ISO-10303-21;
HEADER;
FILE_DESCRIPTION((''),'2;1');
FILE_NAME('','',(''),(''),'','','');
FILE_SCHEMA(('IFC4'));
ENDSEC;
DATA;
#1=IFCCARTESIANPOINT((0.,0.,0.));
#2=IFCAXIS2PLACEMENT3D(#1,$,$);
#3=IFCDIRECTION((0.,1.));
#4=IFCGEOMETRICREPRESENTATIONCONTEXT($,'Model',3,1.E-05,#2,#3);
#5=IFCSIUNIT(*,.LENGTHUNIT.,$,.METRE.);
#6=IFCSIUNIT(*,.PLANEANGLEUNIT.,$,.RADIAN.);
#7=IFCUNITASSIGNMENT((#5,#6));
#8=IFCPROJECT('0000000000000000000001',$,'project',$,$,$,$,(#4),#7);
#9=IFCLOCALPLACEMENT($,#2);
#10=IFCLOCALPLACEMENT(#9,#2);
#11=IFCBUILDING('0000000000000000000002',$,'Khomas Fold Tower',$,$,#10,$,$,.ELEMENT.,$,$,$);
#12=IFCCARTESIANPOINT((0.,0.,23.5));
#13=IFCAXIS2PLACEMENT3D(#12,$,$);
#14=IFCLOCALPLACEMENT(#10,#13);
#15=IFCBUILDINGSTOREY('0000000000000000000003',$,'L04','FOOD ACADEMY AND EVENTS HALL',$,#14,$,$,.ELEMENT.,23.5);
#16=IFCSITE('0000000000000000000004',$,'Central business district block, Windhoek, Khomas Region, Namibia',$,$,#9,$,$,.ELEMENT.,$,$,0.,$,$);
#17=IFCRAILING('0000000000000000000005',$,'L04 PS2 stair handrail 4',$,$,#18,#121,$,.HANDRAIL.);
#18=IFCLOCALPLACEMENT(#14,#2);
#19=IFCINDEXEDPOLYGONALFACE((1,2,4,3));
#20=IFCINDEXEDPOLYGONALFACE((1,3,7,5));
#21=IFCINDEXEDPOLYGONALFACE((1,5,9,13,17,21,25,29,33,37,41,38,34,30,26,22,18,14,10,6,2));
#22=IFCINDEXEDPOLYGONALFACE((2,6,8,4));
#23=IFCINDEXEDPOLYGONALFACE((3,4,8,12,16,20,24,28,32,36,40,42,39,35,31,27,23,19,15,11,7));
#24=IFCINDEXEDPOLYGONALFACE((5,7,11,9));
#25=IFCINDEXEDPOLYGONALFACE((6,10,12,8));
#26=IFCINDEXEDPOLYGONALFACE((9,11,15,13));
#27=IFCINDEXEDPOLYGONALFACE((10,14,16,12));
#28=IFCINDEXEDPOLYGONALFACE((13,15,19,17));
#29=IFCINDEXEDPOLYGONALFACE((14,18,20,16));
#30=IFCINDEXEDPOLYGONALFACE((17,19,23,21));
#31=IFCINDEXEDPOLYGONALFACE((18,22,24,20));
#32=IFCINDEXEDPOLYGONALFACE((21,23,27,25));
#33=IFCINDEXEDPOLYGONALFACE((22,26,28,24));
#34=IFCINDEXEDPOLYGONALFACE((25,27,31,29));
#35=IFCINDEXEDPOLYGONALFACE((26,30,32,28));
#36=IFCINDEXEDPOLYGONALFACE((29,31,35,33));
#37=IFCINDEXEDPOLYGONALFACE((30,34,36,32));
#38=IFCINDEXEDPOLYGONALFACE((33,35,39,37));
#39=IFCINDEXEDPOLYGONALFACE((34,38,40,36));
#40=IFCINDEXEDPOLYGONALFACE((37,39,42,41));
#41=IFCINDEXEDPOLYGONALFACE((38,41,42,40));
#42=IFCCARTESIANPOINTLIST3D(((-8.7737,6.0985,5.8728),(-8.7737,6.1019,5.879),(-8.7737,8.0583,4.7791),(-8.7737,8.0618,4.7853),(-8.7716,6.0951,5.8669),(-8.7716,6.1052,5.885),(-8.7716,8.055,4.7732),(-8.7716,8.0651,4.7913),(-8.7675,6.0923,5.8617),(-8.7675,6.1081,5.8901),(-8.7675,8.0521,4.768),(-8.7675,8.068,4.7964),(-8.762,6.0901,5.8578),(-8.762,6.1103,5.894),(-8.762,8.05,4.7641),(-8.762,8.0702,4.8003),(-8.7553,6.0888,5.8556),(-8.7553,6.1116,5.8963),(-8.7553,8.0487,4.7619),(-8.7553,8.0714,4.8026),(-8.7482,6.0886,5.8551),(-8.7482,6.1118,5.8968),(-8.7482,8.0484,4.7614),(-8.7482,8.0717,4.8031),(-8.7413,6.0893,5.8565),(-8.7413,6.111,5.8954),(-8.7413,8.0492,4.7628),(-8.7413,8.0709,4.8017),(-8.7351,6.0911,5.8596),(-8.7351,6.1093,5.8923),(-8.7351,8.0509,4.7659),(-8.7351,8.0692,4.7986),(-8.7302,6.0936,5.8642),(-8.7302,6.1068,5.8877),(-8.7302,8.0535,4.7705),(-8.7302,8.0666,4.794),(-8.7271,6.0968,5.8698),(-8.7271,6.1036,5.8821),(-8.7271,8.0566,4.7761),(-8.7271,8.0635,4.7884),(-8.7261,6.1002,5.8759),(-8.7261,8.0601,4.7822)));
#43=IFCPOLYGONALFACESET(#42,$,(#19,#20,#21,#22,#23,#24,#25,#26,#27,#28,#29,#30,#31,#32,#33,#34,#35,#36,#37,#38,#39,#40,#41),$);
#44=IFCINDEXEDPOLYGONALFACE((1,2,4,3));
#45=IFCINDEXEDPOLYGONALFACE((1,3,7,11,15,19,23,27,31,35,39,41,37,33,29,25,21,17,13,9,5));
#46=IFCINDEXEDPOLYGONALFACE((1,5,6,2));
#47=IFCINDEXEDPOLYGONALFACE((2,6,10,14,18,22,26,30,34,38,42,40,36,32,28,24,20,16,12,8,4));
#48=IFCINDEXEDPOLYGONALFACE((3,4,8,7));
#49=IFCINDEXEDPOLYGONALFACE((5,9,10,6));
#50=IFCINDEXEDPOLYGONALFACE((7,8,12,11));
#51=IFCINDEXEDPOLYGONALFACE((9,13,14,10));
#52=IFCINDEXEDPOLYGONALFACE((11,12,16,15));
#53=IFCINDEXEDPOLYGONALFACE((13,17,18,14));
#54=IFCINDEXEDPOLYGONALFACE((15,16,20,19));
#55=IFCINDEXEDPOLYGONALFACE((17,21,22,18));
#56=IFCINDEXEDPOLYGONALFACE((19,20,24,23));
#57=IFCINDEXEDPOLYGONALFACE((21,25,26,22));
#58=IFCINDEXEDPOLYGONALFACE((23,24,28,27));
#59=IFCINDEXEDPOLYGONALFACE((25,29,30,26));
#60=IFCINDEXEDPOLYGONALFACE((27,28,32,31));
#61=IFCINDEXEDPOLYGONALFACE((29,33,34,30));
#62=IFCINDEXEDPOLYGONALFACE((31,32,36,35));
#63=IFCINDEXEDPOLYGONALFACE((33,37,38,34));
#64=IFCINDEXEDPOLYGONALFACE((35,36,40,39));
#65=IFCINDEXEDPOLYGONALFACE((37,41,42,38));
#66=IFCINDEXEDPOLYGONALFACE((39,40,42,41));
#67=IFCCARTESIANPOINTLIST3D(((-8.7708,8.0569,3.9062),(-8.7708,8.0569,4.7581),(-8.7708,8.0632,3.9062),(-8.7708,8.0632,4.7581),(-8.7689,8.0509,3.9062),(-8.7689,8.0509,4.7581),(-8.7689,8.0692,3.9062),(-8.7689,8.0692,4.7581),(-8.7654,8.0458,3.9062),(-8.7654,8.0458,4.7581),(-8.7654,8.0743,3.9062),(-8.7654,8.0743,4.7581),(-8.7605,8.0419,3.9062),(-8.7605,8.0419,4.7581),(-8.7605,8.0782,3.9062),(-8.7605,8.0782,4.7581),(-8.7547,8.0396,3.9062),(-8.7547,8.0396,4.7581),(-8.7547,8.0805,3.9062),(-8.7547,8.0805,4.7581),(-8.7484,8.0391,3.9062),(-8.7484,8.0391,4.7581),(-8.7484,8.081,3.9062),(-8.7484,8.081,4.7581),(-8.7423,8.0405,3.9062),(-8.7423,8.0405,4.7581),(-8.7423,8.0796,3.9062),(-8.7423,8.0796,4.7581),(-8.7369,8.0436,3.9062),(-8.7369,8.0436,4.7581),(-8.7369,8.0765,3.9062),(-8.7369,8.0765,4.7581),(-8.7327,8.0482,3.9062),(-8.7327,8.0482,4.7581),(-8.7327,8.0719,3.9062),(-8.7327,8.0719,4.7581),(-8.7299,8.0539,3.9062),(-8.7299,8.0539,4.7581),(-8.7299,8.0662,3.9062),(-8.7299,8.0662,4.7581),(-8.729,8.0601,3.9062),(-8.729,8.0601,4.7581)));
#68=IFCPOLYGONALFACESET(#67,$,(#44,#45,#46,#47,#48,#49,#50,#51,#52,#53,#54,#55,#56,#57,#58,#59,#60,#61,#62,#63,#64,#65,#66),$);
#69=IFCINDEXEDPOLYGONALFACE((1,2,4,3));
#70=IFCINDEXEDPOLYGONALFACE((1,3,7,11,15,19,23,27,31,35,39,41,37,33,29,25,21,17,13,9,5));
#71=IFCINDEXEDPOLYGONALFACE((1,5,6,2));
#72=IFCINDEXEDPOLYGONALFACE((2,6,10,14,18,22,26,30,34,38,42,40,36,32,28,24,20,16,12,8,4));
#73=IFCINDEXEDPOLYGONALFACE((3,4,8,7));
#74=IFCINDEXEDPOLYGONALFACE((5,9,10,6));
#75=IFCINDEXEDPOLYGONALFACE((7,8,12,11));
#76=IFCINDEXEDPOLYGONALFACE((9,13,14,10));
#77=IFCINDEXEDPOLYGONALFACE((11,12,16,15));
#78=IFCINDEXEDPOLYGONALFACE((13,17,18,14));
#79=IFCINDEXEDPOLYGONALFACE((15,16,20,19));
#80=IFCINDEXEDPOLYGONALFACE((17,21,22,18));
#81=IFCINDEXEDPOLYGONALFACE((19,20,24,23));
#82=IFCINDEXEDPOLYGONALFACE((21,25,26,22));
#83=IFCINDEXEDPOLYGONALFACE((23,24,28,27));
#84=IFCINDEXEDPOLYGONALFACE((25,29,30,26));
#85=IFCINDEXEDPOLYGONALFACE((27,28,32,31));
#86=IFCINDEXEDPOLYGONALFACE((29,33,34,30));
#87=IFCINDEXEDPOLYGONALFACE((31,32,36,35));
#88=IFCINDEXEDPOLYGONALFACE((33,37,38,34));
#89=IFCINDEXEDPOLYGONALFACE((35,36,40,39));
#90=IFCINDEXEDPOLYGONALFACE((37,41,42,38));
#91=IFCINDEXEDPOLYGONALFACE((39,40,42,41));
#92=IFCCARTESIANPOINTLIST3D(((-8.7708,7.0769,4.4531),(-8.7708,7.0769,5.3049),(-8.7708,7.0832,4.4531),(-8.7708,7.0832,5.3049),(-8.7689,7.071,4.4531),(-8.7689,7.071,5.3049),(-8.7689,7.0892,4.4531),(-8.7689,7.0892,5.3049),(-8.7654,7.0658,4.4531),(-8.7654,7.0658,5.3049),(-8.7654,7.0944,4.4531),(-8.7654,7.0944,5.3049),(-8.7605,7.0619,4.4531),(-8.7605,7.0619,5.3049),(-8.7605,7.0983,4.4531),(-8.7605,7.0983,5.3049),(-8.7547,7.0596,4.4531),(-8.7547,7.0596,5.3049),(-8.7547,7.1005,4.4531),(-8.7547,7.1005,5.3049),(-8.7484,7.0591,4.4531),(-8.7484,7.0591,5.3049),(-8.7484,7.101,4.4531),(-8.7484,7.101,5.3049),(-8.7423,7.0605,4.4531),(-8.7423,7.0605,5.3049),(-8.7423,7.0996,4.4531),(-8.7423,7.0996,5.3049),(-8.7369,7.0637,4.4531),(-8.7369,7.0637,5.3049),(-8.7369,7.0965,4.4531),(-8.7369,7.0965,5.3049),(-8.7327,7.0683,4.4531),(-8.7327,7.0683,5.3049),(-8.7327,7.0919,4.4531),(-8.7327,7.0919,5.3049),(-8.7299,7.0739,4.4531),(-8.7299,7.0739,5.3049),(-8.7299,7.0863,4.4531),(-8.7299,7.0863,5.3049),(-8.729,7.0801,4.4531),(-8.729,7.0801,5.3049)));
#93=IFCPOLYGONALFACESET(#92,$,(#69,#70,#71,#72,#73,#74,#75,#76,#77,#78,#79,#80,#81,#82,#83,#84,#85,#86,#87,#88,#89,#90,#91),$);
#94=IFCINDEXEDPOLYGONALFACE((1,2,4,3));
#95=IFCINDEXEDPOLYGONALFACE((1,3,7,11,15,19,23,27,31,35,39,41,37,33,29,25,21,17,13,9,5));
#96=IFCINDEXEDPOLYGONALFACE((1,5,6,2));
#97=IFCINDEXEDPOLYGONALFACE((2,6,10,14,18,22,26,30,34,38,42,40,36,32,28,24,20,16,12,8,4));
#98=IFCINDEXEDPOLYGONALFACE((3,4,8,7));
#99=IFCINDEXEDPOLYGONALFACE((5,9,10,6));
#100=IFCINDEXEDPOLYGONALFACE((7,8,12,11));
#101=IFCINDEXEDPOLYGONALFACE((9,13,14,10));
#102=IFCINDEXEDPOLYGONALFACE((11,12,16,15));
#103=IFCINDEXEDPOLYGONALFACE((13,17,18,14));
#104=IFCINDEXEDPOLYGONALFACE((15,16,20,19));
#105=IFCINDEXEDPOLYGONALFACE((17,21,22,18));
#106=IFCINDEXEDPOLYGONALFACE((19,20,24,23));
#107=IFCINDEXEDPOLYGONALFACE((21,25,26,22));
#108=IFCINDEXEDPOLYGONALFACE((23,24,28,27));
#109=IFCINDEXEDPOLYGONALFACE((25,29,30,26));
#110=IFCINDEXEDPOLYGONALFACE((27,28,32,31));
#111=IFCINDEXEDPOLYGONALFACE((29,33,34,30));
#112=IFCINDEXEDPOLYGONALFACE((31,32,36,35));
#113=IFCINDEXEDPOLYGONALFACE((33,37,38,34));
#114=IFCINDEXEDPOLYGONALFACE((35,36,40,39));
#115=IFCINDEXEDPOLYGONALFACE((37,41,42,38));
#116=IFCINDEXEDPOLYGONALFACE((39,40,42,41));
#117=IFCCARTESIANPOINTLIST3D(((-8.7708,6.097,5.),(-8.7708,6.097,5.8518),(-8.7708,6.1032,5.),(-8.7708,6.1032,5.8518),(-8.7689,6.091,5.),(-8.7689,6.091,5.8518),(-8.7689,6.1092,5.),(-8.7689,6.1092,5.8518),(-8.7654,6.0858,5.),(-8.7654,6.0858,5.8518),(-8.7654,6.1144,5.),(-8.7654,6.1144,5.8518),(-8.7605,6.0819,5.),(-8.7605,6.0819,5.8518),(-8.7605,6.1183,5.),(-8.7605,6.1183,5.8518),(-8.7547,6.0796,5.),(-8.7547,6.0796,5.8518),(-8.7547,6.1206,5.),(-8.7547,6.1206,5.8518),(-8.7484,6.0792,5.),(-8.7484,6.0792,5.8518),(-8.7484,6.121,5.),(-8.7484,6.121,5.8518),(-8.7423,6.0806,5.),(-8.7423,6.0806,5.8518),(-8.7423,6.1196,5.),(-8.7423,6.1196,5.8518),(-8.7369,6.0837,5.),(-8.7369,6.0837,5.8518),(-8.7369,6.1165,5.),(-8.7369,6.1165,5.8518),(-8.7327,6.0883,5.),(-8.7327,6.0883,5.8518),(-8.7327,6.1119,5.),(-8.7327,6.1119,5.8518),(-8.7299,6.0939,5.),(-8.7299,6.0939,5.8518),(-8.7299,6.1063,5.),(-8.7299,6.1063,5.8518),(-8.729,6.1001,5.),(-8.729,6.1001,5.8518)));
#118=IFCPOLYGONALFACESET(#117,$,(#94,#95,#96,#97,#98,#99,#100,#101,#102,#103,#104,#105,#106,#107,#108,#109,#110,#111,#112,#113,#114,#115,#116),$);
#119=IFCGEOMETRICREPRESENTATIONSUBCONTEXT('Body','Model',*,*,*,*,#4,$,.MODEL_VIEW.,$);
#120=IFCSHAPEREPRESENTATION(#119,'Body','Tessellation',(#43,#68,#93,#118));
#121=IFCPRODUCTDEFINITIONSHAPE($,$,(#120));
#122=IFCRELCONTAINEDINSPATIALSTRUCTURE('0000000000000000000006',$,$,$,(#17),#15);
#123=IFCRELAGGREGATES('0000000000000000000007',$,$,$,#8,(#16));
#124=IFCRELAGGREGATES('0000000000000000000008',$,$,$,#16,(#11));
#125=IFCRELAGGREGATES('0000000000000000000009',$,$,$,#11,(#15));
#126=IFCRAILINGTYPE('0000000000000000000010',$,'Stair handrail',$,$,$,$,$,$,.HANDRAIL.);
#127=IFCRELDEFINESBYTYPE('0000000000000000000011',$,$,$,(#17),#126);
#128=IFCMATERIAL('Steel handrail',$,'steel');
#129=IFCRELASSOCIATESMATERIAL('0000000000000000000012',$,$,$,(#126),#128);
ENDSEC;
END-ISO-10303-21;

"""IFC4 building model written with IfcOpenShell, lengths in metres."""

from ifc_helpers import new_model, si_unit, direction, frame, origin, origin_2d, place, context, subcontext, project, spatial, circle, extrude, source, transform, mapped, material, type_object, element, save


model = new_model("IFC4")

# Units and contexts
model_context = context("Model", 3, precision=1e-05, world=origin(), true_north=direction((0.0, 1.0)))
body_context = subcontext(model_context, "Body", "Model", "MODEL_VIEW")
ifc_project = project(units=[si_unit("LENGTHUNIT", "METRE"), si_unit("PLANEANGLEUNIT", "RADIAN")], contexts=[model_context])

# Site, building, storey
site_placement = place(None, origin())
site = spatial("IfcSite", under=ifc_project, at=site_placement, Name="Central business district block, Windhoek, Khomas Region, Namibia", CompositionType="ELEMENT", RefElevation=0.0)
building_placement = place(site_placement, origin())
building = spatial("IfcBuilding", under=site, at=building_placement, Name="Khomas Fold Tower", CompositionType="ELEMENT")
storey_placement = place(building_placement, frame((0.0, 0.0, 23.5)))
storey = spatial("IfcBuildingStorey", under=building, at=storey_placement, Name="L04", Description="FOOD ACADEMY AND EVENTS HALL", CompositionType="ELEMENT", Elevation=23.5)

# Railing
ifc_material_1 = material(Name="Steel handrail", Category="steel")
railing_type_1 = type_object("IfcRailingType", Name="Stair handrail", PredefinedType="HANDRAIL", material=ifc_material_1)
shared_shape_1 = source(origin(), body_context, "Body", "SweptSolid", [
    extrude(circle(Radius=0.0239, at=origin_2d()), frame((0.0, 0.0, 0.876), z_axis=(0.0, -0.873232, 0.487304), x_axis=(1.0, 0.0, 0.0)), (0.0, 0.0, 1.0), 2.2444),
    extrude(circle(Radius=0.021, at=origin_2d()), origin(), (0.0, 0.0, 1.0), 0.8518),
    extrude(circle(Radius=0.021, at=origin_2d()), frame((0.0, -0.98, 0.5469)), (0.0, 0.0, 1.0), 0.8518),
    extrude(circle(Radius=0.021, at=origin_2d()), frame((0.0, -1.96, 1.0938)), (0.0, 0.0, 1.0), 0.8518),
])
for number, where, name in (
    (1, (-8.75, 8.0601, 3.9062), "L04 PS2 stair handrail 4"),
):
    element("IfcRailing", number, at=place(storey_placement, frame(where)), inside=storey, type_object=railing_type_1, Name=name, PredefinedType="HANDRAIL", context=body_context, shape_type="MappedRepresentation", body=[
        mapped(shared_shape_1, transform((0.0, 0.0, 0.0))),
    ])

save(model, "model.ifc")
